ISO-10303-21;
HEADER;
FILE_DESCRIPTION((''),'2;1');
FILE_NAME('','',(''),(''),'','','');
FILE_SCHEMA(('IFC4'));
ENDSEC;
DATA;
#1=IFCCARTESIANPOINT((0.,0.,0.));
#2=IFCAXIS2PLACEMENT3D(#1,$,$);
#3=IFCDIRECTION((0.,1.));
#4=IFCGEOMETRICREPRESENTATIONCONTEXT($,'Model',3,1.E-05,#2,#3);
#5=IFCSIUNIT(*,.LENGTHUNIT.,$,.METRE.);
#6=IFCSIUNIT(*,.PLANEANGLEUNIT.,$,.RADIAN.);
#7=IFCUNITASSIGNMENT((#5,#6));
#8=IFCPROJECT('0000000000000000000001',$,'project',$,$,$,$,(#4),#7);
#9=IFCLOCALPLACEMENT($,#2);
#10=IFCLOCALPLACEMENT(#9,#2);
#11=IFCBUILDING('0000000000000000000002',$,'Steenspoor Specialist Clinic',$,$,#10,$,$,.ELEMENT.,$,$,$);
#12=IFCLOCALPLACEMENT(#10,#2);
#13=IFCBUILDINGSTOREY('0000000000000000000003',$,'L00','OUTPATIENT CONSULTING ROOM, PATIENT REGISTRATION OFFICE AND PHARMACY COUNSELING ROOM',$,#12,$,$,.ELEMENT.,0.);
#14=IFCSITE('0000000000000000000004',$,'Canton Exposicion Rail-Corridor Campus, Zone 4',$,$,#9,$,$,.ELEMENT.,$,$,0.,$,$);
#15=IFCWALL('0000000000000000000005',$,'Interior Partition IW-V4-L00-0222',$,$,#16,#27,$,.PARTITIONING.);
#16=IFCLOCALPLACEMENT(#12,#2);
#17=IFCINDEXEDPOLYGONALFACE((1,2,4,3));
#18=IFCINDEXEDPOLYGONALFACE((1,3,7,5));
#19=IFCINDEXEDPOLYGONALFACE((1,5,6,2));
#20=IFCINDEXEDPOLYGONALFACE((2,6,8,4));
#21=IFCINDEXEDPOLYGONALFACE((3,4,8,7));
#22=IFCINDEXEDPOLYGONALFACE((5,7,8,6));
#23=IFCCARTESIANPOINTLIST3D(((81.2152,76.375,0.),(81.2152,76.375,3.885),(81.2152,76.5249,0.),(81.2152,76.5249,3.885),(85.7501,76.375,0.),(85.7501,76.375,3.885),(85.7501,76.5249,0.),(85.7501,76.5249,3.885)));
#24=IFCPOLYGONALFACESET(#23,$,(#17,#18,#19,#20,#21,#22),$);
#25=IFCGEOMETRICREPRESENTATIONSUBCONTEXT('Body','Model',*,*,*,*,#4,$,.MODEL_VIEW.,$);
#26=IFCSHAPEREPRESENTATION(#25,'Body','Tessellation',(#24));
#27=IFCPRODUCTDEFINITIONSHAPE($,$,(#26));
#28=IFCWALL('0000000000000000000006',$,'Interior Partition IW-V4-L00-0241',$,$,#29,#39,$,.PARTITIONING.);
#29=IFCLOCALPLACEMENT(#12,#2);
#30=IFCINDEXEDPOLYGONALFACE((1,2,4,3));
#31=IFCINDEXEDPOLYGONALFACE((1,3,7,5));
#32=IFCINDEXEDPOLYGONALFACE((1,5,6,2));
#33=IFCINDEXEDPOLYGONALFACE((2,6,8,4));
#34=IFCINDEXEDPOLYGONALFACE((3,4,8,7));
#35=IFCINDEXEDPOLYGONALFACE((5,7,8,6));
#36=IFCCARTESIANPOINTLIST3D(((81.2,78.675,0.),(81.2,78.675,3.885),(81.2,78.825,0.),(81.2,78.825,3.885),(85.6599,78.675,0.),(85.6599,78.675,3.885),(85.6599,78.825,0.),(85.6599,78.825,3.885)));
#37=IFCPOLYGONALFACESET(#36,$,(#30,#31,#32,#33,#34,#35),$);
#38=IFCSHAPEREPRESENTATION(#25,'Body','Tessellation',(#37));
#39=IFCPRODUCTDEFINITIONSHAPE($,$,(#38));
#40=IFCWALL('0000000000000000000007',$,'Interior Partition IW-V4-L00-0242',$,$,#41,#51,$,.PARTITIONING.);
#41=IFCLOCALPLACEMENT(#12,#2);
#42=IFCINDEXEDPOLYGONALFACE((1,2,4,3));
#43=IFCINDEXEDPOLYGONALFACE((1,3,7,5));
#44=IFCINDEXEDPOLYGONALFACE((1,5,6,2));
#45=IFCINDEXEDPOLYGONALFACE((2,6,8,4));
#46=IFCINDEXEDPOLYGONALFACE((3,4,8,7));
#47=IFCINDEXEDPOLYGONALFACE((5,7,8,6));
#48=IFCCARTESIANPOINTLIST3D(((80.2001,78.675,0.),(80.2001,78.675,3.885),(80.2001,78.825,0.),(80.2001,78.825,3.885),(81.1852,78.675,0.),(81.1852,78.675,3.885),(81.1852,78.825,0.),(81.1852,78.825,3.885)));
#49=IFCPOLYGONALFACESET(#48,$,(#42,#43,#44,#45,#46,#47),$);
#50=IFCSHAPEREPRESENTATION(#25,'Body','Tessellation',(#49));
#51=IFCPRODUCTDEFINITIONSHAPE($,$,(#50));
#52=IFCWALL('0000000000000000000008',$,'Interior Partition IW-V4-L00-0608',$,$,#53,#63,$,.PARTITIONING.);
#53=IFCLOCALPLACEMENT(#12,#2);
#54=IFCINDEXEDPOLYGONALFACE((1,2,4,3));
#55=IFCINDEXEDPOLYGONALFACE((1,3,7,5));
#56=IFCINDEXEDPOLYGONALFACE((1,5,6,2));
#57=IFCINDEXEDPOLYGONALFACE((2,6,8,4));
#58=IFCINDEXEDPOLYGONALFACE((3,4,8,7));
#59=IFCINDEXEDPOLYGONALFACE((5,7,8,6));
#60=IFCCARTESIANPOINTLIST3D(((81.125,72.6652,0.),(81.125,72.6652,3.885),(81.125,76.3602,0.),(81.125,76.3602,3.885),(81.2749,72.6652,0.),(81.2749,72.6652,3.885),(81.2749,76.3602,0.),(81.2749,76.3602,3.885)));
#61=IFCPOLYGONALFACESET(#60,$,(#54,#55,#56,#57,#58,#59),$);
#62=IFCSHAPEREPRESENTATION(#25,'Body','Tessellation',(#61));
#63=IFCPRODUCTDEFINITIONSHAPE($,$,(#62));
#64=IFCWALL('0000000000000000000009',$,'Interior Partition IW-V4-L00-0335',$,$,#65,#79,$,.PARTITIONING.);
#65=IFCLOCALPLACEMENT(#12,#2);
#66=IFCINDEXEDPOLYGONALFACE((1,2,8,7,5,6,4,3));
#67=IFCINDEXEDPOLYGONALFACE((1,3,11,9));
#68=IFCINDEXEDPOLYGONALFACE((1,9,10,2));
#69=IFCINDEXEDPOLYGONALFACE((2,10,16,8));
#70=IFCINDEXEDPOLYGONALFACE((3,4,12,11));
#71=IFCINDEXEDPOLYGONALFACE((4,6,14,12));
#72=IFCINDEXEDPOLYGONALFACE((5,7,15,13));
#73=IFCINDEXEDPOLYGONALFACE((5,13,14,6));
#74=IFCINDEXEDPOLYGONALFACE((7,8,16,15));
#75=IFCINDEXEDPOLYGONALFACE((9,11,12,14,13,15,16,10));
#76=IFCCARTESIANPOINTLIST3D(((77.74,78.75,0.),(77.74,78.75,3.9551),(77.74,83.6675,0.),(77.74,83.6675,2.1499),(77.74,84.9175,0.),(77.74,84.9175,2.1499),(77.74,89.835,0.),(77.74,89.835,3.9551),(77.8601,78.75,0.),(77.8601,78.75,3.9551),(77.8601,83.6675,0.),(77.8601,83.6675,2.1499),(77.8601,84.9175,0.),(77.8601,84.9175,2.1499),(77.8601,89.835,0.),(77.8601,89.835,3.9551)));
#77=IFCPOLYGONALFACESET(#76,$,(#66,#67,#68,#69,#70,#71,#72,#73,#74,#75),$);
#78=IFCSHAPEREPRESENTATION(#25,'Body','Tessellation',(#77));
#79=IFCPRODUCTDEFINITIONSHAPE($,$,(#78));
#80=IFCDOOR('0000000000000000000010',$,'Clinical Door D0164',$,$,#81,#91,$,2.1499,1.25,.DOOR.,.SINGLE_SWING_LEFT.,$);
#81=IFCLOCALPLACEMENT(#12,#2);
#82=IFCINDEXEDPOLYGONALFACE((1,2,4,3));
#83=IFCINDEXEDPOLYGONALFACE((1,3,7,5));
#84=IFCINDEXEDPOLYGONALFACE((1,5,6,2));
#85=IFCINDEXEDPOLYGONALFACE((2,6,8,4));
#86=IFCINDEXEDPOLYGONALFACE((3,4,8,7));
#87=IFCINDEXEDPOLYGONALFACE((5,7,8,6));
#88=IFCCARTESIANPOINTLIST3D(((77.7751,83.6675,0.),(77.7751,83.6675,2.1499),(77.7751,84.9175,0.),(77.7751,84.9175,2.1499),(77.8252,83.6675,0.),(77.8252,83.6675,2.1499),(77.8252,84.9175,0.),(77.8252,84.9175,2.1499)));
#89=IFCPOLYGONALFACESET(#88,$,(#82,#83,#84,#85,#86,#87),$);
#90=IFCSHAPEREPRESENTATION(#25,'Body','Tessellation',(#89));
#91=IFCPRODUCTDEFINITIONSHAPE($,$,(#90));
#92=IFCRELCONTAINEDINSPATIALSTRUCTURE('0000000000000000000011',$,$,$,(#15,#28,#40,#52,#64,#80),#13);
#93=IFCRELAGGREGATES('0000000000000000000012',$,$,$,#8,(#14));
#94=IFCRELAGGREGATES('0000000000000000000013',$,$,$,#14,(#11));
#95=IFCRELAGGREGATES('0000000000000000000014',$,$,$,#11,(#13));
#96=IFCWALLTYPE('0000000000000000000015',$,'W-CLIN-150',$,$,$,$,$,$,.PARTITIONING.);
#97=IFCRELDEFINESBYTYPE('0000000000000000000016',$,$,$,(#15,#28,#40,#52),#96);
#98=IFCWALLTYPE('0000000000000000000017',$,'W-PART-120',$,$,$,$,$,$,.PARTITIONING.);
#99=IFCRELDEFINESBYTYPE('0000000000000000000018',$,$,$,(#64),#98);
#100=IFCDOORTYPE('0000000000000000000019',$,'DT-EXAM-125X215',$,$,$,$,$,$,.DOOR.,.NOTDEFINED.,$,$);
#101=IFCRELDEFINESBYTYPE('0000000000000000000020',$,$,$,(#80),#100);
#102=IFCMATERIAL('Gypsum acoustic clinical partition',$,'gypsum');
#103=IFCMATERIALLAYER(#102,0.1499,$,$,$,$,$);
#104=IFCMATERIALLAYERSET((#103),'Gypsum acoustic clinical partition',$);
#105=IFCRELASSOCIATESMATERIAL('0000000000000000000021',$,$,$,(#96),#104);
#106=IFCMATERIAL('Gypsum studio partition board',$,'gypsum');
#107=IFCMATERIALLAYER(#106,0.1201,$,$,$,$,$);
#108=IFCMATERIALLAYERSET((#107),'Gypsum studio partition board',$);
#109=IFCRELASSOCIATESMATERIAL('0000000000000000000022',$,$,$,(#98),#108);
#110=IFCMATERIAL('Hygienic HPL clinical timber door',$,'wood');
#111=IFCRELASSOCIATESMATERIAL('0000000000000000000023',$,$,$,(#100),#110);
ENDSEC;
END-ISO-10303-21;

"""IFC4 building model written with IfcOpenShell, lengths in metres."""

from ifc_helpers import new_model, si_unit, direction, frame, frame_2d, origin, place, context, subcontext, project, spatial, rectangle, extrude, material, layer, layer_set, type_object, element, fill, save


model = new_model("IFC4")

# Units and contexts
model_context = context("Model", 3, precision=1e-05, world=origin(), true_north=direction((0.0, 1.0)))
body_context = subcontext(model_context, "Body", "Model", "MODEL_VIEW")
ifc_project = project(units=[si_unit("LENGTHUNIT", "METRE"), si_unit("PLANEANGLEUNIT", "RADIAN")], contexts=[model_context])

# Site, building, storey
site_placement = place(None, origin())
site = spatial("IfcSite", under=ifc_project, at=site_placement, Name="Canton Exposicion Rail-Corridor Campus, Zone 4", CompositionType="ELEMENT", RefElevation=0.0)
building_placement = place(site_placement, origin())
building = spatial("IfcBuilding", under=site, at=building_placement, Name="Steenspoor Specialist Clinic", CompositionType="ELEMENT")
storey_placement = place(building_placement, origin())
storey = spatial("IfcBuildingStorey", under=building, at=storey_placement, Name="L00", Description="OUTPATIENT CONSULTING ROOM, PATIENT REGISTRATION OFFICE AND PHARMACY COUNSELING ROOM", CompositionType="ELEMENT", Elevation=0.0)

# Shared definitions
ifc_material_1 = material(Name="Gypsum acoustic clinical partition", Category="gypsum")
ifc_layer_1 = layer(ifc_material_1, 0.1499)
ifc_layer_set_1 = layer_set([ifc_layer_1], Name="Gypsum acoustic clinical partition")
wall_type_1 = type_object("IfcWallType", Name="W-CLIN-150", PredefinedType="PARTITIONING", material=ifc_layer_set_1)
ifc_material_2 = material(Name="Hygienic HPL clinical timber door", Category="wood")

# Walls
wall_1_placement = place(storey_placement, frame((81.2151, 76.45, 0.0), z_axis=(0.0, 0.0, 1.0), x_axis=(1.0, 0.0, 0.0)))
element("IfcWall", 1, at=wall_1_placement, inside=storey, type_object=wall_type_1, Name="Interior Partition IW-V4-L00-0222", PredefinedType="PARTITIONING", context=body_context, shape_type="SweptSolid", body=[
    extrude(rectangle(XDim=4.5349, YDim=0.1499, at=frame_2d((2.2676, 0.0))), origin(), (0.0, 0.0, 1.0), 3.885),
])
wall_2_placement = place(storey_placement, frame((81.2, 78.75, 0.0), z_axis=(0.0, 0.0, 1.0), x_axis=(1.0, 0.0, 0.0)))
element("IfcWall", 2, at=wall_2_placement, inside=storey, type_object=wall_type_1, Name="Interior Partition IW-V4-L00-0241", PredefinedType="PARTITIONING", context=body_context, shape_type="SweptSolid", body=[
    extrude(rectangle(XDim=4.46, YDim=0.1499, at=frame_2d((2.23, 0.0))), origin(), (0.0, 0.0, 1.0), 3.885),
])
wall_3_placement = place(storey_placement, frame((80.2, 78.75, 0.0), z_axis=(0.0, 0.0, 1.0), x_axis=(1.0, 0.0, 0.0)))
element("IfcWall", 3, at=wall_3_placement, inside=storey, type_object=wall_type_1, Name="Interior Partition IW-V4-L00-0242", PredefinedType="PARTITIONING", context=body_context, shape_type="SweptSolid", body=[
    extrude(rectangle(XDim=0.9851, YDim=0.1499, at=frame_2d((0.4927, 0.0))), origin(), (0.0, 0.0, 1.0), 3.885),
])
wall_4_placement = place(storey_placement, frame((81.2, 72.665, 0.0), z_axis=(0.0, 0.0, 1.0), x_axis=(0.0, 1.0, 0.0)))
element("IfcWall", 4, at=wall_4_placement, inside=storey, type_object=wall_type_1, Name="Interior Partition IW-V4-L00-0608", PredefinedType="PARTITIONING", context=body_context, shape_type="SweptSolid", body=[
    extrude(rectangle(XDim=3.6951, YDim=0.1499, at=frame_2d((1.8477, 0.0))), origin(), (0.0, 0.0, 1.0), 3.885),
])

# Wall, opening, door
ifc_material_3 = material(Name="Gypsum studio partition board", Category="gypsum")
ifc_layer_2 = layer(ifc_material_3, 0.1201)
ifc_layer_set_2 = layer_set([ifc_layer_2], Name="Gypsum studio partition board")
wall_type_2 = type_object("IfcWallType", Name="W-PART-120", PredefinedType="PARTITIONING", material=ifc_layer_set_2)
wall_5_placement = place(storey_placement, frame((77.8, 78.75, 0.0), z_axis=(0.0, 0.0, 1.0), x_axis=(0.0, 1.0, 0.0)))
wall_5 = element("IfcWall", 5, at=wall_5_placement, inside=storey, type_object=wall_type_2, Name="Interior Partition IW-V4-L00-0335", PredefinedType="PARTITIONING", context=body_context, shape_type="SweptSolid", body=[
    extrude(rectangle(XDim=11.085, YDim=0.1201, at=frame_2d((5.5425, 0.0))), origin(), (0.0, 0.0, 1.0), 3.9551),
])
opening_1_placement = place(wall_5_placement, frame((4.9175, 0.0, 0.0)))
opening_1 = element("IfcOpeningElement", 6, at=opening_1_placement, cuts=wall_5, PredefinedType="OPENING", context=body_context, shape_type="SweptSolid", body=[
    extrude(rectangle(XDim=1.25, YDim=2.1499, at=frame_2d((0.625, 1.075))), frame((0.0, 0.0701, 0.0), z_axis=(0.0, -1.0, 0.0), x_axis=(1.0, 0.0, 0.0)), (0.0, 0.0, 1.0), 0.1401),
])
door_type_1 = type_object("IfcDoorType", Name="DT-EXAM-125X215", OperationType="NOTDEFINED", PredefinedType="DOOR", material=ifc_material_2)
door_1_placement = place(opening_1_placement, origin())
door_1 = element("IfcDoor", 7, at=door_1_placement, inside=storey, type_object=door_type_1, Name="Clinical Door D0164", OperationType="SINGLE_SWING_LEFT", OverallHeight=2.1499, OverallWidth=1.25, PredefinedType="DOOR", context=body_context, shape_type="SweptSolid", body=[
    extrude(rectangle(XDim=1.25, YDim=2.1499, at=frame_2d((0.625, 1.075))), frame((0.0, 0.0249, 0.0), z_axis=(0.0, -1.0, 0.0), x_axis=(1.0, 0.0, 0.0)), (0.0, 0.0, 1.0), 0.05),
])
fill(opening_1, door_1)

save(model, "model.ifc")
